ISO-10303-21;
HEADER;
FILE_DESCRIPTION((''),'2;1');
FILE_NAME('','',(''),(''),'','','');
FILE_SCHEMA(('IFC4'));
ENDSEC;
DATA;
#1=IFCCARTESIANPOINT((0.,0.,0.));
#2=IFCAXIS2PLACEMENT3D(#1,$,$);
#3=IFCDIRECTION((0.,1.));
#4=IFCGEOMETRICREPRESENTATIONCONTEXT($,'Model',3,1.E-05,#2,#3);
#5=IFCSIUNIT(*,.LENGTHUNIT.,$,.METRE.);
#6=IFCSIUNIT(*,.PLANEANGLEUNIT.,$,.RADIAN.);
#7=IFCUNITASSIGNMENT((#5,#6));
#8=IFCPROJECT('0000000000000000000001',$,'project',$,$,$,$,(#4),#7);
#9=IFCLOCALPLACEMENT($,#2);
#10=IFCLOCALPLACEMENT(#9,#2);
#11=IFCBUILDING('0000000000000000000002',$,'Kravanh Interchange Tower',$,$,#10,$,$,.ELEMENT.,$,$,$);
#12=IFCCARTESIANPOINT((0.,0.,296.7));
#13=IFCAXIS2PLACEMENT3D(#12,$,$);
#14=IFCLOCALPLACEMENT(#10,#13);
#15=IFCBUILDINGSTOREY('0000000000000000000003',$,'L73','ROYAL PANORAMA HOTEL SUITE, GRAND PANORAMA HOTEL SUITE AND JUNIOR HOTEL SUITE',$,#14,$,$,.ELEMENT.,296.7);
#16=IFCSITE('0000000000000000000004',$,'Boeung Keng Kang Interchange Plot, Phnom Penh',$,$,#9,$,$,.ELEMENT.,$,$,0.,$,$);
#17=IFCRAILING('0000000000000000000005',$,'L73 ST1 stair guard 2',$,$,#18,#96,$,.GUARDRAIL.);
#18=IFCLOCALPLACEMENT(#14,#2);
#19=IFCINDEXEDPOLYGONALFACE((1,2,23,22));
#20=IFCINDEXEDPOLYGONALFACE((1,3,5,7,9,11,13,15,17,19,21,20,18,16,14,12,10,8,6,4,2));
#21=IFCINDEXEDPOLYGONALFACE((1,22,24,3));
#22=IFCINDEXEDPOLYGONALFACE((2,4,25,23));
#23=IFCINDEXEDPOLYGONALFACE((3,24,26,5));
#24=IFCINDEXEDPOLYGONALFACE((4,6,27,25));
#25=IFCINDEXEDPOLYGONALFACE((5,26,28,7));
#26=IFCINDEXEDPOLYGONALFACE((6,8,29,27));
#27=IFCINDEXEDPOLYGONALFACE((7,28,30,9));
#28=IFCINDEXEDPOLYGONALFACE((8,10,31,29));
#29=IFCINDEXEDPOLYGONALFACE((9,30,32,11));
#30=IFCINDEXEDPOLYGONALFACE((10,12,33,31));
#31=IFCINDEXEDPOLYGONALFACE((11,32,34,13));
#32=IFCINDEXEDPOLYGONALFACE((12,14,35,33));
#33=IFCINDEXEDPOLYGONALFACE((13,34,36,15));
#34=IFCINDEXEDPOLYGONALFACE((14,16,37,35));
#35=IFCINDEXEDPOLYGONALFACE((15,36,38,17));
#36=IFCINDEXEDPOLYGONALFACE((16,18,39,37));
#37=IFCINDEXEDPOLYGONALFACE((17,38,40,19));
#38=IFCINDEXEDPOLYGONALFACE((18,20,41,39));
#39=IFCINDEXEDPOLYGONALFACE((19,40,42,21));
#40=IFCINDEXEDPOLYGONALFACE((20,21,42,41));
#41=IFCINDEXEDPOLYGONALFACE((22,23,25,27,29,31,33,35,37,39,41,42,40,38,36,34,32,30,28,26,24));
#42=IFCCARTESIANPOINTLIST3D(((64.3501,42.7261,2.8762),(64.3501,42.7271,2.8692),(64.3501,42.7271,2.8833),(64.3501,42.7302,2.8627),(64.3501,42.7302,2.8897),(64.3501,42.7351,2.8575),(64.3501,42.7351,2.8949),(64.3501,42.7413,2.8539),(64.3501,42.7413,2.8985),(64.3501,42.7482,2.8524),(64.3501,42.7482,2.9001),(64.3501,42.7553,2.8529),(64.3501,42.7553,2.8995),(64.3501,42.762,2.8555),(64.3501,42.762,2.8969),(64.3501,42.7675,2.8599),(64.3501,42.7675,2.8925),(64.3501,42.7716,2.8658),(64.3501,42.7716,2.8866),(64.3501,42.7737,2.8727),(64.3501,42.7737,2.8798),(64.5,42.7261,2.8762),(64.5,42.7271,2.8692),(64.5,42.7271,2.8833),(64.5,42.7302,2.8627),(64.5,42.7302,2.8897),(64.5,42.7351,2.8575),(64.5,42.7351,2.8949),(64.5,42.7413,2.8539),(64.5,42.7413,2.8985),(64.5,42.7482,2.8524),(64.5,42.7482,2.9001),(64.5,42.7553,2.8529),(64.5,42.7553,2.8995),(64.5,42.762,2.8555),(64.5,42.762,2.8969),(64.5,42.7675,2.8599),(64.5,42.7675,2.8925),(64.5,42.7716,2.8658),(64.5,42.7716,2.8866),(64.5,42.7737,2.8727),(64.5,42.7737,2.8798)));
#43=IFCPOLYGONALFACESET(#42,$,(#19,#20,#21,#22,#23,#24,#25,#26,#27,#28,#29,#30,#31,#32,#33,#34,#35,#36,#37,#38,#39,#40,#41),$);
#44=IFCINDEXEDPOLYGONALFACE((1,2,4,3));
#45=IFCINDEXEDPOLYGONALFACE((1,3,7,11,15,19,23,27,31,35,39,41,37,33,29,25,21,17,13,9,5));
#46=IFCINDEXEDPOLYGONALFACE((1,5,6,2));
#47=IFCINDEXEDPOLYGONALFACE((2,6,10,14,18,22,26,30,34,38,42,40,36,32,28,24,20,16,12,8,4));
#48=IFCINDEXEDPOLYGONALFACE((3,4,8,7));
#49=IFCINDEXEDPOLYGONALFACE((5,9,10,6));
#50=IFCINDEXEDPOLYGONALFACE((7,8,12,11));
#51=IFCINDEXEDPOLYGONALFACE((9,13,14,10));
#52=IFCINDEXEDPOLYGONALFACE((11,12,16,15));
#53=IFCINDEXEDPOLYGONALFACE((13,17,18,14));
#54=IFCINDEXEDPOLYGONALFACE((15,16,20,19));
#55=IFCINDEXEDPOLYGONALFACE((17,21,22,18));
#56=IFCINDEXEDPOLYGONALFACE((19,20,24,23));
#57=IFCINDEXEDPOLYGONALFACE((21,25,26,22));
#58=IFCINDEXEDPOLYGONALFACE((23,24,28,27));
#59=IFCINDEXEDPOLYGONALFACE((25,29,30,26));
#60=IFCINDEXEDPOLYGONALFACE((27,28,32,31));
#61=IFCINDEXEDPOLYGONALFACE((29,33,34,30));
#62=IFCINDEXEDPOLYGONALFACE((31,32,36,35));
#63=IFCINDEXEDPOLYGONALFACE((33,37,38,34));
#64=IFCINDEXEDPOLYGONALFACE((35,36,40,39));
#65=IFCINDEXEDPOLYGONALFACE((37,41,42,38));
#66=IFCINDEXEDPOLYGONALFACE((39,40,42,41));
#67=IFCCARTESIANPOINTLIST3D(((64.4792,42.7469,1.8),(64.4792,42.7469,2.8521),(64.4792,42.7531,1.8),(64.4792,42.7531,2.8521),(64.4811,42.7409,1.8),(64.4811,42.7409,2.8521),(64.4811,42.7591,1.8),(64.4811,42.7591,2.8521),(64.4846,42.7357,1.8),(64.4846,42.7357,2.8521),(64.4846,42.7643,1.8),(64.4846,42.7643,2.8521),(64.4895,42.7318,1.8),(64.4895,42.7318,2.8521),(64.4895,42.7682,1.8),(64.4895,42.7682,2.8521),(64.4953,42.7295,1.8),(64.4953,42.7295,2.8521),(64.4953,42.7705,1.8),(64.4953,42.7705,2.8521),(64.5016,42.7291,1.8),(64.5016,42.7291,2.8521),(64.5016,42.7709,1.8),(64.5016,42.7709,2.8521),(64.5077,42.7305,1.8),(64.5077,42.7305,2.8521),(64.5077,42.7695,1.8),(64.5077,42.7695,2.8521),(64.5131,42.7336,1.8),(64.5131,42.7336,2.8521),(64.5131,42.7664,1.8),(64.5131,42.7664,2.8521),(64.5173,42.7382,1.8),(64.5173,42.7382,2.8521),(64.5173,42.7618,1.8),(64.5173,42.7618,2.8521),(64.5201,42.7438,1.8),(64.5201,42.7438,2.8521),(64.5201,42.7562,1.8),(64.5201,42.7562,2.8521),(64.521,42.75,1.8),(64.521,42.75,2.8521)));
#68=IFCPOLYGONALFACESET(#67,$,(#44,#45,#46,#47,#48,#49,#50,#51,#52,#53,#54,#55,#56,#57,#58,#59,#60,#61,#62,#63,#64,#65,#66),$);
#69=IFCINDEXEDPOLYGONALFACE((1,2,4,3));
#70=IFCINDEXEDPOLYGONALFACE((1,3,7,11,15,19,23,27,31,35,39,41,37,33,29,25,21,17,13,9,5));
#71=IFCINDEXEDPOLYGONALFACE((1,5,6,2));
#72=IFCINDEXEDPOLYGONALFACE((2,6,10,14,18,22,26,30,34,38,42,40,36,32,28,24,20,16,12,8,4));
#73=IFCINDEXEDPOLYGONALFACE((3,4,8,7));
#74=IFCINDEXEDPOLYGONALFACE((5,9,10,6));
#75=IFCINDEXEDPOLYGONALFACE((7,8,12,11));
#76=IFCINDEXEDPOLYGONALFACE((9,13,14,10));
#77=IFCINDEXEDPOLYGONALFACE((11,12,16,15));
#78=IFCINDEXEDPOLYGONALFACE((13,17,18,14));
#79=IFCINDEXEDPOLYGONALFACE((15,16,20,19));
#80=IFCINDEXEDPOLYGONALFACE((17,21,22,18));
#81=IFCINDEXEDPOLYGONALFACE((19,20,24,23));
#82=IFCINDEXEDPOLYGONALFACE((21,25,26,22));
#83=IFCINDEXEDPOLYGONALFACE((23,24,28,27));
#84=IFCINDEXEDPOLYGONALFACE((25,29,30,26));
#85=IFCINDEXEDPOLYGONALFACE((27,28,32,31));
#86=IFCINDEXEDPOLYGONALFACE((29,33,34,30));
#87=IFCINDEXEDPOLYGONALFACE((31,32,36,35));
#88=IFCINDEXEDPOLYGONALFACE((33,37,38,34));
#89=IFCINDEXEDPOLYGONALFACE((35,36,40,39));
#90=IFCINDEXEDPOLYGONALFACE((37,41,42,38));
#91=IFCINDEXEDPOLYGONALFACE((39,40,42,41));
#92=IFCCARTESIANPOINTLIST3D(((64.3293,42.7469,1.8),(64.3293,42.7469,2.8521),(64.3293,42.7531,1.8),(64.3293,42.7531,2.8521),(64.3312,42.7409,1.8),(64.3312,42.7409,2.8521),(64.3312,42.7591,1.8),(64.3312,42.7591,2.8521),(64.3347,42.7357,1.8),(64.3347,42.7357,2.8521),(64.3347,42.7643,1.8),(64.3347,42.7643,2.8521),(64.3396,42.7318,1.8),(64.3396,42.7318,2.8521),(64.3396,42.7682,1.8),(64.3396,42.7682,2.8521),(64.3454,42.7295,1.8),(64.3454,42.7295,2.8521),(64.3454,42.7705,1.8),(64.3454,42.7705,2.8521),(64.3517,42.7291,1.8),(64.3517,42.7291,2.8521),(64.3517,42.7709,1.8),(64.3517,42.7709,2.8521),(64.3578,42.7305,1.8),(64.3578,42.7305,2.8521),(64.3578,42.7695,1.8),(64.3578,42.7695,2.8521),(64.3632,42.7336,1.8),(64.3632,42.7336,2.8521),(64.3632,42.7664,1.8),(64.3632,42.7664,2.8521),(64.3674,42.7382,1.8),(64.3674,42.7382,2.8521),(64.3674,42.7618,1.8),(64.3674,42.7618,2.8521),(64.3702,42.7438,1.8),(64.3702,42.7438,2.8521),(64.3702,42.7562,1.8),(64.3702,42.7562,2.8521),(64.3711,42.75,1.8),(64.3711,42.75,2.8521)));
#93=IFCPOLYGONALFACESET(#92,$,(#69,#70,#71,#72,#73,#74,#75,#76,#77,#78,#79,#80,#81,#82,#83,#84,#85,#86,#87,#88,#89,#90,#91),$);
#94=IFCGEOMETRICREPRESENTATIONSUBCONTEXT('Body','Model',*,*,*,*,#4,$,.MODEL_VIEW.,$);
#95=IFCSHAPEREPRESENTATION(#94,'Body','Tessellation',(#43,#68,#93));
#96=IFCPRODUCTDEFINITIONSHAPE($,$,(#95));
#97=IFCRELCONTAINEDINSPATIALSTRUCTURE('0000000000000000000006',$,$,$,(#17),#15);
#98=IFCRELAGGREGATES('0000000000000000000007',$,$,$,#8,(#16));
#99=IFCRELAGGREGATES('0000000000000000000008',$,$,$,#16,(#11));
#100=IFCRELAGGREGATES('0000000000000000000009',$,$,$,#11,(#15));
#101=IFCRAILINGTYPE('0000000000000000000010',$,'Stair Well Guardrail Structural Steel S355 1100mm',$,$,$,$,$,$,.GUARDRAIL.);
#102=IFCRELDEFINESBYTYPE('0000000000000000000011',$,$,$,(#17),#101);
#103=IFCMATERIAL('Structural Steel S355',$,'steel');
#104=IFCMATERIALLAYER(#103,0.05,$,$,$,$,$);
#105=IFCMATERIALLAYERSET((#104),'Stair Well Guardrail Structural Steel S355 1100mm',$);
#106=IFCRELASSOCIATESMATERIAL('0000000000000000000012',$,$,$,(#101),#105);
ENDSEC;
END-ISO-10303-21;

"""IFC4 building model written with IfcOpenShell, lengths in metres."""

from ifc_helpers import new_model, si_unit, direction, frame, origin, origin_2d, place, context, subcontext, project, spatial, circle, extrude, material, layer, layer_set, type_object, element, save


model = new_model("IFC4")

# Units and contexts
model_context = context("Model", 3, precision=1e-05, world=origin(), true_north=direction((0.0, 1.0)))
body_context = subcontext(model_context, "Body", "Model", "MODEL_VIEW")
ifc_project = project(units=[si_unit("LENGTHUNIT", "METRE"), si_unit("PLANEANGLEUNIT", "RADIAN")], contexts=[model_context])

# Site, building, storey
site_placement = place(None, origin())
site = spatial("IfcSite", under=ifc_project, at=site_placement, Name="Boeung Keng Kang Interchange Plot, Phnom Penh", CompositionType="ELEMENT", RefElevation=0.0)
building_placement = place(site_placement, origin())
building = spatial("IfcBuilding", under=site, at=building_placement, Name="Kravanh Interchange Tower", CompositionType="ELEMENT")
storey_placement = place(building_placement, frame((0.0, 0.0, 296.7)))
storey = spatial("IfcBuildingStorey", under=building, at=storey_placement, Name="L73", Description="ROYAL PANORAMA HOTEL SUITE, GRAND PANORAMA HOTEL SUITE AND JUNIOR HOTEL SUITE", CompositionType="ELEMENT", Elevation=296.7)

# Railing
ifc_material_1 = material(Name="Structural Steel S355", Category="steel")
ifc_layer_1 = layer(ifc_material_1, 0.05)
ifc_layer_set_1 = layer_set([ifc_layer_1], Name="Stair Well Guardrail Structural Steel S355 1100mm")
railing_type_1 = type_object("IfcRailingType", Name="Stair Well Guardrail Structural Steel S355 1100mm", PredefinedType="GUARDRAIL", material=ifc_layer_set_1)
railing_1_placement = place(storey_placement, frame((64.5, 42.75, 1.8)))
element("IfcRailing", 1, at=railing_1_placement, inside=storey, type_object=railing_type_1, Name="L73 ST1 stair guard 2", PredefinedType="GUARDRAIL", context=body_context, shape_type="SweptSolid", body=[
    extrude(circle(Radius=0.0239, at=origin_2d()), frame((0.0, 0.0, 1.0762), z_axis=(-1.0, 0.0, 0.0), x_axis=(0.0, -1.0, 0.0)), (0.0, 0.0, 1.0), 0.1499),
    extrude(circle(Radius=0.021, at=origin_2d()), origin(), (0.0, 0.0, 1.0), 1.052),
    extrude(circle(Radius=0.021, at=origin_2d()), frame((-0.1499, 0.0, 0.0)), (0.0, 0.0, 1.0), 1.052),
])

save(model, "model.ifc")
